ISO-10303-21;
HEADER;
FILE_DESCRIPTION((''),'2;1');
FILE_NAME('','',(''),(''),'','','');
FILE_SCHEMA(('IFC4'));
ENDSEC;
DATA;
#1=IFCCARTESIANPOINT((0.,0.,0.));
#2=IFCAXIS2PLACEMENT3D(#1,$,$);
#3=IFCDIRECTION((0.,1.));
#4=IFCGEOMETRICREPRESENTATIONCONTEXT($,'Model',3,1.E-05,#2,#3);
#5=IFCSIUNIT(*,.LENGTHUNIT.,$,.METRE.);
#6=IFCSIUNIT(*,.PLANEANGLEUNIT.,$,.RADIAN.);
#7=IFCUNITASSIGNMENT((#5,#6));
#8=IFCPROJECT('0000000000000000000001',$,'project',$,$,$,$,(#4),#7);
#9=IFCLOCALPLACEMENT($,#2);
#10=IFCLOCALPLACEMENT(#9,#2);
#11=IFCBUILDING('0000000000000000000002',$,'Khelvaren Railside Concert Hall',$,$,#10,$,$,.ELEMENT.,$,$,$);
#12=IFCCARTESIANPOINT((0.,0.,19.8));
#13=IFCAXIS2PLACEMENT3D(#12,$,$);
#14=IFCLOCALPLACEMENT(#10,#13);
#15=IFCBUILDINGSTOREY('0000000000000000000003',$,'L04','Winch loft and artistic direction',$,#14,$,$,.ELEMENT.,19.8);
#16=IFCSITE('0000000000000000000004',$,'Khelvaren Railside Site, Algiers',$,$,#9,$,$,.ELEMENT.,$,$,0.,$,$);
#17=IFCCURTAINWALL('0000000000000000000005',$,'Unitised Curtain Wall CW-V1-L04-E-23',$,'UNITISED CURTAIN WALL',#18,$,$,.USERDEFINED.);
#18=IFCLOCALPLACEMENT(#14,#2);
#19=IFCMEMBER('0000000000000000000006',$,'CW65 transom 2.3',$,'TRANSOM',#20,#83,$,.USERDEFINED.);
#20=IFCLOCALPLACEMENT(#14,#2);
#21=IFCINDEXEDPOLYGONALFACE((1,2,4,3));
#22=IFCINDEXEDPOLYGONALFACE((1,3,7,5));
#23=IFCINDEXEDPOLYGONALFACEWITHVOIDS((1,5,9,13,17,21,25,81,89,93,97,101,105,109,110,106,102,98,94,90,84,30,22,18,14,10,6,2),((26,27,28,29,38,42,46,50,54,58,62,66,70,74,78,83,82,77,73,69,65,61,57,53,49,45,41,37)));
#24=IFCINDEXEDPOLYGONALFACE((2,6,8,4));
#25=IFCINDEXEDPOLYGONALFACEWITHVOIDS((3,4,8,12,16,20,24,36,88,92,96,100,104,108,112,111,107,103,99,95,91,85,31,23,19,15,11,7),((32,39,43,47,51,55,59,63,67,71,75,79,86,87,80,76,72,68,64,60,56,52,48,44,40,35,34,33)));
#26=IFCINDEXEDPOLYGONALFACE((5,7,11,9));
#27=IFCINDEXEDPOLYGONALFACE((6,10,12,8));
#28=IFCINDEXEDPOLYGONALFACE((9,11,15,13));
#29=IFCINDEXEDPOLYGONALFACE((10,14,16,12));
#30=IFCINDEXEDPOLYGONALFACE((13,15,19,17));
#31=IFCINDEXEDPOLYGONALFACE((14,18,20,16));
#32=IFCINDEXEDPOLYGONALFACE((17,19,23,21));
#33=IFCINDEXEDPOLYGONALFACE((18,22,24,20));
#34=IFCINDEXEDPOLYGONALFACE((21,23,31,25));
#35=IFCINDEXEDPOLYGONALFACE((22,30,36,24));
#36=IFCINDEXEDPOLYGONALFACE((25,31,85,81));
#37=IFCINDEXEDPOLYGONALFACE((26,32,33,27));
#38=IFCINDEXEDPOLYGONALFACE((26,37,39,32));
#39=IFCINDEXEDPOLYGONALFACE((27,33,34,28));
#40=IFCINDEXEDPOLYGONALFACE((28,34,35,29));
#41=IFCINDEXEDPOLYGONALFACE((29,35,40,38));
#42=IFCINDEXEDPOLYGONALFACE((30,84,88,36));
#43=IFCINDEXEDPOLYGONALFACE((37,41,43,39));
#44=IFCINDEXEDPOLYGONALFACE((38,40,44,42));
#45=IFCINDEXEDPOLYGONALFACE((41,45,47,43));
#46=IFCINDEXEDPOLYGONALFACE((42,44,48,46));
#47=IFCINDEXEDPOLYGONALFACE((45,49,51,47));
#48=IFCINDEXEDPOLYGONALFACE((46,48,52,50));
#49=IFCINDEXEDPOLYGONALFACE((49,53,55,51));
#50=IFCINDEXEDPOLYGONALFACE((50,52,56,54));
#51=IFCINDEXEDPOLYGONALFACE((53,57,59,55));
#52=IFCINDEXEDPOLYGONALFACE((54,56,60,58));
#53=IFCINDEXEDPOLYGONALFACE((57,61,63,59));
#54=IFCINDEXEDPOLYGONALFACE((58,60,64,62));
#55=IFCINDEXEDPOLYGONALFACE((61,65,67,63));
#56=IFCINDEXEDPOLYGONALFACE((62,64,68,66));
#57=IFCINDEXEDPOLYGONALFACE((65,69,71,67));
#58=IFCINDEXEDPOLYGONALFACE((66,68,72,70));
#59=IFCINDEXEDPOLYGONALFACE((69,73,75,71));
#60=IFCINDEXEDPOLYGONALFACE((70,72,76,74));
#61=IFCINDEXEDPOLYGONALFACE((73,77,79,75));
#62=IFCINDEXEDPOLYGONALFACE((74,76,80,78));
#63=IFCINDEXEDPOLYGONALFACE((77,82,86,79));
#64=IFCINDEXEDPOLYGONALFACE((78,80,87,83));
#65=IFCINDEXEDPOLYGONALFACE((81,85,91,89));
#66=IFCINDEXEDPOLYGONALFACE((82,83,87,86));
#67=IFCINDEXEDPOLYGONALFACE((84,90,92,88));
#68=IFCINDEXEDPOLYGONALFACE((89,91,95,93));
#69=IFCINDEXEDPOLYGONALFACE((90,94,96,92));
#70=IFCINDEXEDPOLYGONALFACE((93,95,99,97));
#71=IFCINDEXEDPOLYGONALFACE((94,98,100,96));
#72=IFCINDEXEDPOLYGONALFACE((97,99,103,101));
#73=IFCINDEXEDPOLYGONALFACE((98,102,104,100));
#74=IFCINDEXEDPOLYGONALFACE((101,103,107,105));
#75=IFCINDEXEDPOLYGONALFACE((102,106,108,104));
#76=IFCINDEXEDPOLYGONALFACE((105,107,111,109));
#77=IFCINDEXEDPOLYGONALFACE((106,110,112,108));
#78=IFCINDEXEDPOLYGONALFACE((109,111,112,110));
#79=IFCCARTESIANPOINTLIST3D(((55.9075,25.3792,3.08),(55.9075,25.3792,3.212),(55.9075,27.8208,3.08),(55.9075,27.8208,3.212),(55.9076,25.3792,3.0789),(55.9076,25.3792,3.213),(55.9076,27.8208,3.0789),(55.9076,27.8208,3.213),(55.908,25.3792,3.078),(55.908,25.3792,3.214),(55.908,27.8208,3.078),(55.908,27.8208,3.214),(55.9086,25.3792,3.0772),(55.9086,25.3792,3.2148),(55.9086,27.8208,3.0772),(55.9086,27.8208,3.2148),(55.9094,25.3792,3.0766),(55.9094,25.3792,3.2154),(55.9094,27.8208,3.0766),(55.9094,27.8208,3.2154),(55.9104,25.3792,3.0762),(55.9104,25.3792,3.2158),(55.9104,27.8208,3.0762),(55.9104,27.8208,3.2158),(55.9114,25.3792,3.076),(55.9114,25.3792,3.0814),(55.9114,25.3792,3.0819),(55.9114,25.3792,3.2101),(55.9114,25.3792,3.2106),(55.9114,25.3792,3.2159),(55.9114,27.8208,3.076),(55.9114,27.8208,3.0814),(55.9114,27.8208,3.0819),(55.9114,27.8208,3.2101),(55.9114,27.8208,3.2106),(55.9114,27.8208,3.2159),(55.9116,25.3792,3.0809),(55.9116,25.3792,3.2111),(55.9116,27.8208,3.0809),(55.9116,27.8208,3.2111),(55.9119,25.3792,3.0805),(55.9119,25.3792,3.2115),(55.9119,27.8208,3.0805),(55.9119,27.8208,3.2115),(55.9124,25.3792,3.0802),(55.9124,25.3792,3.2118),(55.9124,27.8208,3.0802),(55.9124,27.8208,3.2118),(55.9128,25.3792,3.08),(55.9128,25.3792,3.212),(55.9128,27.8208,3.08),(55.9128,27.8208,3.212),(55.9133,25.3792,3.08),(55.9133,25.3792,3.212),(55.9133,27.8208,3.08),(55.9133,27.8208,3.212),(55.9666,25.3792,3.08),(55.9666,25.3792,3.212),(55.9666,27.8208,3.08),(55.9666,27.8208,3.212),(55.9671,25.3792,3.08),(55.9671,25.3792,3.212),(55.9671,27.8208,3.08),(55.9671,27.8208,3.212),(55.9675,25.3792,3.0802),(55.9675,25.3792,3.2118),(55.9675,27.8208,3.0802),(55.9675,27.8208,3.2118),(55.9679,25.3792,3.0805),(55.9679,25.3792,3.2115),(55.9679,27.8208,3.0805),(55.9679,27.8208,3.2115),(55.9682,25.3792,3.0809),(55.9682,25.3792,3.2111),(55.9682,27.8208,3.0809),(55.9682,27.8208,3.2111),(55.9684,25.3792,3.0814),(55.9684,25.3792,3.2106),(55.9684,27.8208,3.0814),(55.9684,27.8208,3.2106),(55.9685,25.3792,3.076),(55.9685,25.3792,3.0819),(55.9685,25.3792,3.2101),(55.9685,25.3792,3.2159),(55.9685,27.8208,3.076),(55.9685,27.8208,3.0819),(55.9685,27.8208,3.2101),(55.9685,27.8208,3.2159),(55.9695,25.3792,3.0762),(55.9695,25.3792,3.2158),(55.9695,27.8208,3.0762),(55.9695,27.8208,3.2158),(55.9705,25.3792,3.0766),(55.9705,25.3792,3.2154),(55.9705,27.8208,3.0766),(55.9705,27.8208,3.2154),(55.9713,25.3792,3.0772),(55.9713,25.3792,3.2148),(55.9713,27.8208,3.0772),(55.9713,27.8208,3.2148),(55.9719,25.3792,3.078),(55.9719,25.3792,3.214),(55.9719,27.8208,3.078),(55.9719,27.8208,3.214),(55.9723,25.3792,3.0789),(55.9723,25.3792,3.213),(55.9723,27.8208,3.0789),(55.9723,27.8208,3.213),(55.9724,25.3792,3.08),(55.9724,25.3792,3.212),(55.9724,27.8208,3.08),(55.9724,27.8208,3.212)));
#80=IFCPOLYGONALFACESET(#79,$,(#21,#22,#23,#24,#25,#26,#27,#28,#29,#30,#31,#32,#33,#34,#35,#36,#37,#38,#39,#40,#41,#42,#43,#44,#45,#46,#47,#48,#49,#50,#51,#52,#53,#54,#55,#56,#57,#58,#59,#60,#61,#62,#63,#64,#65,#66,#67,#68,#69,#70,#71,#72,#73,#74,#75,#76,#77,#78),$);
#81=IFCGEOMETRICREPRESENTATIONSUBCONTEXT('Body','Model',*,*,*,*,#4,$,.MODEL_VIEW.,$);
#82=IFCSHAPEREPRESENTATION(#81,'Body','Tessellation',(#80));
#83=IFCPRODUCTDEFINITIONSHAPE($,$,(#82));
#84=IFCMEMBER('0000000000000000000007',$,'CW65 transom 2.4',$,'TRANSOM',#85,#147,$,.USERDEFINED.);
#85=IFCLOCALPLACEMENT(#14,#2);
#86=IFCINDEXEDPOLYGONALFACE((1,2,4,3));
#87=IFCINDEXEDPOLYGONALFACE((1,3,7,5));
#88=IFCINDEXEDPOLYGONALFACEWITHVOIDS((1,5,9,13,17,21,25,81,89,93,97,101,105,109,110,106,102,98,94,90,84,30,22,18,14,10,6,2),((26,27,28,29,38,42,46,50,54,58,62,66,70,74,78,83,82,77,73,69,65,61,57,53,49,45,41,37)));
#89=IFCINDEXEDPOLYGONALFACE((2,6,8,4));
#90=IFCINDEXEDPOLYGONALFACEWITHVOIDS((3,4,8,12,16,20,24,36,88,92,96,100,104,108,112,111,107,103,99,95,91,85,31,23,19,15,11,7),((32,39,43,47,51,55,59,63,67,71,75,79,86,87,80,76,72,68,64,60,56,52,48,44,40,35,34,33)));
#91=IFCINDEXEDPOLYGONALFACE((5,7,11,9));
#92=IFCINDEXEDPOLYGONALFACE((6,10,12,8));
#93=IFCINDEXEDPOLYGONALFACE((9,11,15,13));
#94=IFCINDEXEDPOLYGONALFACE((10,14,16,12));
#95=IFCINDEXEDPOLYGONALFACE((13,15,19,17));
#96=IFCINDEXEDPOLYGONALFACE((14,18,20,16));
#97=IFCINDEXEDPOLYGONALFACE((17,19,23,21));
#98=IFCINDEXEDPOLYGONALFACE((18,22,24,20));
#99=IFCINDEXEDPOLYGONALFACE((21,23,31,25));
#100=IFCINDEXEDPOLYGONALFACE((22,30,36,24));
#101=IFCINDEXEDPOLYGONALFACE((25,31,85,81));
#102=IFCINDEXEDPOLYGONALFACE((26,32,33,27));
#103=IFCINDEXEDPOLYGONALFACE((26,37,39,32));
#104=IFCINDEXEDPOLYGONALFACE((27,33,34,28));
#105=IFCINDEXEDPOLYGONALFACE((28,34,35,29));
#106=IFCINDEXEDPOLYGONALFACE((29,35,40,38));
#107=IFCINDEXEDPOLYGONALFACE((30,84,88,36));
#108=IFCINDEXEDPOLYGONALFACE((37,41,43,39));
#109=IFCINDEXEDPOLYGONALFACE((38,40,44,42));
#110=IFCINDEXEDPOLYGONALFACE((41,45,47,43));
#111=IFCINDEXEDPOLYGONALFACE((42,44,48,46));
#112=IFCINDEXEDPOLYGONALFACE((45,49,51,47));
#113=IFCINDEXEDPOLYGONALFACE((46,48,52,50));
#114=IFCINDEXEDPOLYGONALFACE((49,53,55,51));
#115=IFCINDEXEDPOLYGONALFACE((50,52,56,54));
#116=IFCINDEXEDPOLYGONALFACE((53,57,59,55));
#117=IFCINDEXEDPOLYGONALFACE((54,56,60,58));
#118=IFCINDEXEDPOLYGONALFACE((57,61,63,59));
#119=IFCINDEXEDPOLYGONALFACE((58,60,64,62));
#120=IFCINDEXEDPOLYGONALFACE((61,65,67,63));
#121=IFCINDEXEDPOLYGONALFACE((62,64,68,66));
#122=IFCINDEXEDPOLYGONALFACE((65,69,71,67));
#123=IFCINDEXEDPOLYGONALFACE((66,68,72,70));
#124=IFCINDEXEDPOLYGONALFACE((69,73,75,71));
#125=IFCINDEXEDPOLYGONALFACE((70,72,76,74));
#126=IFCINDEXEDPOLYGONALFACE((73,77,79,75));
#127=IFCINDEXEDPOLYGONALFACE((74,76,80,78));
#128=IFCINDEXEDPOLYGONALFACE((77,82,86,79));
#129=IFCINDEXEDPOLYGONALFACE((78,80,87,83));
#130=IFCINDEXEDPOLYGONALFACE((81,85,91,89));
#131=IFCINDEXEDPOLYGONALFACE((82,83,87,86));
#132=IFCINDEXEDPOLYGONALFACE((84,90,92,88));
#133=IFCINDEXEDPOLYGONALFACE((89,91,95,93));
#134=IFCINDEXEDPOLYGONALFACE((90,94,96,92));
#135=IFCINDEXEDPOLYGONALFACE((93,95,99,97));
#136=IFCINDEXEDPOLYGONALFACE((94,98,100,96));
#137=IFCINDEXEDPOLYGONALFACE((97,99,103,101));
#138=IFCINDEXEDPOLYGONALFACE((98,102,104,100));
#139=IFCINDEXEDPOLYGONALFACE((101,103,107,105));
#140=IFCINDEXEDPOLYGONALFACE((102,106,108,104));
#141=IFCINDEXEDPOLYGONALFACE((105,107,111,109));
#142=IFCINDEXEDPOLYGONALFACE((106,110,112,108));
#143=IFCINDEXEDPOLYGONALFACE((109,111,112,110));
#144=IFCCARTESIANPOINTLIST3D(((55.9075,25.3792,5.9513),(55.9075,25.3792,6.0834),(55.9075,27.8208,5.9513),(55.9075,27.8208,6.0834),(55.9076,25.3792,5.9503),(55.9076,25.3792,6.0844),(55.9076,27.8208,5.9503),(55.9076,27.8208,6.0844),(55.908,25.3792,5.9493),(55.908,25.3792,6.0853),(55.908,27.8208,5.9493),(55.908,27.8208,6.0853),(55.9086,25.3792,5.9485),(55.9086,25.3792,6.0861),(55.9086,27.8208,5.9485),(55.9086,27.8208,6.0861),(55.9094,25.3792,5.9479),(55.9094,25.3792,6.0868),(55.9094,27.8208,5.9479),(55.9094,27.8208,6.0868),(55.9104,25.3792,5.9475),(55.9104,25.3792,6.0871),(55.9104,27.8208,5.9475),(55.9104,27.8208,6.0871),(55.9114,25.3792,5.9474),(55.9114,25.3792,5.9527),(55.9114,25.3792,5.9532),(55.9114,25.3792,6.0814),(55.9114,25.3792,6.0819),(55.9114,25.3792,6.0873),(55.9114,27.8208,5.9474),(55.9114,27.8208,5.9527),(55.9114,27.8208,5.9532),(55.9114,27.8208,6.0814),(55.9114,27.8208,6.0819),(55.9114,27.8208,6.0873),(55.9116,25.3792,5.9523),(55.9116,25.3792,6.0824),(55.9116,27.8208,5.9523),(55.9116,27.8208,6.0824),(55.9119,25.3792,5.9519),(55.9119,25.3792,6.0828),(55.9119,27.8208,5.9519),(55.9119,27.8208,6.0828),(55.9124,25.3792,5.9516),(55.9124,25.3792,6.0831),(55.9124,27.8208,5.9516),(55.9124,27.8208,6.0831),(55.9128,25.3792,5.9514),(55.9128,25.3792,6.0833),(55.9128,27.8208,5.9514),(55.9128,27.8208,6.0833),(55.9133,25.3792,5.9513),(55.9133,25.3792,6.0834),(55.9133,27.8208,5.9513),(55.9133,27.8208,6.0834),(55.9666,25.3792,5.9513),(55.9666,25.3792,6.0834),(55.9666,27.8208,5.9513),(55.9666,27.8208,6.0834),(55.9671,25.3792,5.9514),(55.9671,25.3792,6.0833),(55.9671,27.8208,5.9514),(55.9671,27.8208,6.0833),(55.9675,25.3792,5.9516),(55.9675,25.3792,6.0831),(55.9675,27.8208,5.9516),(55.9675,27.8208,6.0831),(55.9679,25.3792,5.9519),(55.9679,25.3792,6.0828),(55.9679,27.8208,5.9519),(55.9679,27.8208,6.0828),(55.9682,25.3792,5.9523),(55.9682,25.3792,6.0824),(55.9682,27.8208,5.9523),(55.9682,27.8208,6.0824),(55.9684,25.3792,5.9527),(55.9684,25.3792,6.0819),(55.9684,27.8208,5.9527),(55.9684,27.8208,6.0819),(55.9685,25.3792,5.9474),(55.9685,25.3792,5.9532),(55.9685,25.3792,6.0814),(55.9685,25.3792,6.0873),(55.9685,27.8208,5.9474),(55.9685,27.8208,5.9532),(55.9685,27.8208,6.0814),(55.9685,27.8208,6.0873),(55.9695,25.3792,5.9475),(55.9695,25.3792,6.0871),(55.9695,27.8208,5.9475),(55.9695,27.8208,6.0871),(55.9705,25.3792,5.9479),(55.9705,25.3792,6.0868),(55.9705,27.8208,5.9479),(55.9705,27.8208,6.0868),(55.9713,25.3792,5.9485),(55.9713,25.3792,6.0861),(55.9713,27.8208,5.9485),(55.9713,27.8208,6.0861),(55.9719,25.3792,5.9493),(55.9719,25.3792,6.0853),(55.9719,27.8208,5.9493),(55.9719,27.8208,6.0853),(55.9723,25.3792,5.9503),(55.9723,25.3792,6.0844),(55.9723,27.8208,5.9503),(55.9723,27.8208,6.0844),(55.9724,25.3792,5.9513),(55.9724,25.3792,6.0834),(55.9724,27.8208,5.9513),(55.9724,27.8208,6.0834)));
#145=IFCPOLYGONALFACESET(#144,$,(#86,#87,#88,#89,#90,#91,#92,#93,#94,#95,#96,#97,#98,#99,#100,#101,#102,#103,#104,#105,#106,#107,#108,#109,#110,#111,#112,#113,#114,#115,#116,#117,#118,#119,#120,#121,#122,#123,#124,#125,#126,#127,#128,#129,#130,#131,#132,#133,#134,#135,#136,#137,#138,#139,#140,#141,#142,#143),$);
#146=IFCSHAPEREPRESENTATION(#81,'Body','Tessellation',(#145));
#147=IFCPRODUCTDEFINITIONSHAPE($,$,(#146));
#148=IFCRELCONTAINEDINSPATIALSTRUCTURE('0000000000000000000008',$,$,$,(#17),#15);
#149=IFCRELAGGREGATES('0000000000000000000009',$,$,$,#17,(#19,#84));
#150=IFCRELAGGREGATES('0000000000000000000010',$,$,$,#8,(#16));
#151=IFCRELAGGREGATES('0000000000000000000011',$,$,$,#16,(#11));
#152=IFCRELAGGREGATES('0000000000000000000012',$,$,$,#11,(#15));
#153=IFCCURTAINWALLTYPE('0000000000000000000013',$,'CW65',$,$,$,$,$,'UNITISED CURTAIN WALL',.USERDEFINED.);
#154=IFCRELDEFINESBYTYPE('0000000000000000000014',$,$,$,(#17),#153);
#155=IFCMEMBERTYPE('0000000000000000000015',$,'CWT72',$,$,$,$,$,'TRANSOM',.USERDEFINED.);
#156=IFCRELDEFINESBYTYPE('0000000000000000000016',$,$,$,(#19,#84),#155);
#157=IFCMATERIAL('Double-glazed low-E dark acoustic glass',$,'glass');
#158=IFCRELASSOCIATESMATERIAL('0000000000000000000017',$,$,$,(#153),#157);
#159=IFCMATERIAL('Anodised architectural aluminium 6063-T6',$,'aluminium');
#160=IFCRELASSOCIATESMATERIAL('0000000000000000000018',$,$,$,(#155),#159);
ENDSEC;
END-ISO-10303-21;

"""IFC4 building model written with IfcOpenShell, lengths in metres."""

from ifc_helpers import new_model, si_unit, direction, frame, origin, origin_2d, place, context, subcontext, project, spatial, hollow_rectangle, extrude, material, material_profile, profile_set, type_object, element, aggregate, save


model = new_model("IFC4")

# Units and contexts
model_context = context("Model", 3, precision=1e-05, world=origin(), true_north=direction((0.0, 1.0)))
body_context = subcontext(model_context, "Body", "Model", "MODEL_VIEW")
ifc_project = project(units=[si_unit("LENGTHUNIT", "METRE"), si_unit("PLANEANGLEUNIT", "RADIAN")], contexts=[model_context])

# Site, building, storey
site_placement = place(None, origin())
site = spatial("IfcSite", under=ifc_project, at=site_placement, Name="Khelvaren Railside Site, Algiers", CompositionType="ELEMENT", RefElevation=0.0)
building_placement = place(site_placement, origin())
building = spatial("IfcBuilding", under=site, at=building_placement, Name="Khelvaren Railside Concert Hall", CompositionType="ELEMENT")
storey_placement = place(building_placement, frame((0.0, 0.0, 19.8)))
storey = spatial("IfcBuildingStorey", under=building, at=storey_placement, Name="L04", Description="Winch loft and artistic direction", CompositionType="ELEMENT", Elevation=19.8)

# Shared definitions
ifc_material_1 = material(Name="Anodised architectural aluminium 6063-T6", Category="aluminium")
ifc_material_2 = material(Name="Double-glazed low-E dark acoustic glass", Category="glass")

# Curtain wall
curtain_wall_type_1 = type_object("IfcCurtainWallType", Name="CW65", ElementType="UNITISED CURTAIN WALL", PredefinedType="USERDEFINED", material=ifc_material_2)
curtain_wall_1_placement = place(storey_placement, origin())
curtain_wall_1 = element("IfcCurtainWall", 1, at=curtain_wall_1_placement, inside=storey, type_object=curtain_wall_type_1, Name="Unitised Curtain Wall CW-V1-L04-E-23", ObjectType="UNITISED CURTAIN WALL", PredefinedType="USERDEFINED")

# Members
ifc_material_profile_1 = material_profile(ifc_material_1, hollow_rectangle(XDim=0.0649, YDim=0.1399, WallThickness=0.0039, InnerFilletRadius=0.002, OuterFilletRadius=0.0039, at=origin_2d()), Name="CWT 65x140x4")
ifc_profile_set_1 = profile_set([ifc_material_profile_1], Name="Anodised architectural aluminium 6063-T6")
member_type_1 = type_object("IfcMemberType", Name="CWT72", ElementType="TRANSOM", PredefinedType="USERDEFINED", material=ifc_profile_set_1)
member_1_placement = place(storey_placement, frame((55.9399, 27.8208, 3.146), z_axis=(0.0, -1.0, 0.0), x_axis=(1.0, 0.0, 0.0)))
member_1 = element("IfcMember", 2, at=member_1_placement, type_object=member_type_1, Name="CW65 transom 2.3", ObjectType="TRANSOM", PredefinedType="USERDEFINED", context=body_context, shape_type="SweptSolid", body=[
    extrude(hollow_rectangle(XDim=0.0649, YDim=0.1399, WallThickness=0.0039, InnerFilletRadius=0.002, OuterFilletRadius=0.0039, at=origin_2d()), origin(), (0.0, 0.0, 1.0), 2.4417),
])
member_2_placement = place(storey_placement, frame((55.9399, 27.8208, 6.0173), z_axis=(0.0, -1.0, 0.0), x_axis=(1.0, 0.0, 0.0)))
member_2 = element("IfcMember", 3, at=member_2_placement, type_object=member_type_1, Name="CW65 transom 2.4", ObjectType="TRANSOM", PredefinedType="USERDEFINED", context=body_context, shape_type="SweptSolid", body=[
    extrude(hollow_rectangle(XDim=0.0649, YDim=0.1399, WallThickness=0.0039, InnerFilletRadius=0.002, OuterFilletRadius=0.0039, at=origin_2d()), origin(), (0.0, 0.0, 1.0), 2.4417),
])

aggregate(curtain_wall_1, [member_1, member_2])

save(model, "model.ifc")
